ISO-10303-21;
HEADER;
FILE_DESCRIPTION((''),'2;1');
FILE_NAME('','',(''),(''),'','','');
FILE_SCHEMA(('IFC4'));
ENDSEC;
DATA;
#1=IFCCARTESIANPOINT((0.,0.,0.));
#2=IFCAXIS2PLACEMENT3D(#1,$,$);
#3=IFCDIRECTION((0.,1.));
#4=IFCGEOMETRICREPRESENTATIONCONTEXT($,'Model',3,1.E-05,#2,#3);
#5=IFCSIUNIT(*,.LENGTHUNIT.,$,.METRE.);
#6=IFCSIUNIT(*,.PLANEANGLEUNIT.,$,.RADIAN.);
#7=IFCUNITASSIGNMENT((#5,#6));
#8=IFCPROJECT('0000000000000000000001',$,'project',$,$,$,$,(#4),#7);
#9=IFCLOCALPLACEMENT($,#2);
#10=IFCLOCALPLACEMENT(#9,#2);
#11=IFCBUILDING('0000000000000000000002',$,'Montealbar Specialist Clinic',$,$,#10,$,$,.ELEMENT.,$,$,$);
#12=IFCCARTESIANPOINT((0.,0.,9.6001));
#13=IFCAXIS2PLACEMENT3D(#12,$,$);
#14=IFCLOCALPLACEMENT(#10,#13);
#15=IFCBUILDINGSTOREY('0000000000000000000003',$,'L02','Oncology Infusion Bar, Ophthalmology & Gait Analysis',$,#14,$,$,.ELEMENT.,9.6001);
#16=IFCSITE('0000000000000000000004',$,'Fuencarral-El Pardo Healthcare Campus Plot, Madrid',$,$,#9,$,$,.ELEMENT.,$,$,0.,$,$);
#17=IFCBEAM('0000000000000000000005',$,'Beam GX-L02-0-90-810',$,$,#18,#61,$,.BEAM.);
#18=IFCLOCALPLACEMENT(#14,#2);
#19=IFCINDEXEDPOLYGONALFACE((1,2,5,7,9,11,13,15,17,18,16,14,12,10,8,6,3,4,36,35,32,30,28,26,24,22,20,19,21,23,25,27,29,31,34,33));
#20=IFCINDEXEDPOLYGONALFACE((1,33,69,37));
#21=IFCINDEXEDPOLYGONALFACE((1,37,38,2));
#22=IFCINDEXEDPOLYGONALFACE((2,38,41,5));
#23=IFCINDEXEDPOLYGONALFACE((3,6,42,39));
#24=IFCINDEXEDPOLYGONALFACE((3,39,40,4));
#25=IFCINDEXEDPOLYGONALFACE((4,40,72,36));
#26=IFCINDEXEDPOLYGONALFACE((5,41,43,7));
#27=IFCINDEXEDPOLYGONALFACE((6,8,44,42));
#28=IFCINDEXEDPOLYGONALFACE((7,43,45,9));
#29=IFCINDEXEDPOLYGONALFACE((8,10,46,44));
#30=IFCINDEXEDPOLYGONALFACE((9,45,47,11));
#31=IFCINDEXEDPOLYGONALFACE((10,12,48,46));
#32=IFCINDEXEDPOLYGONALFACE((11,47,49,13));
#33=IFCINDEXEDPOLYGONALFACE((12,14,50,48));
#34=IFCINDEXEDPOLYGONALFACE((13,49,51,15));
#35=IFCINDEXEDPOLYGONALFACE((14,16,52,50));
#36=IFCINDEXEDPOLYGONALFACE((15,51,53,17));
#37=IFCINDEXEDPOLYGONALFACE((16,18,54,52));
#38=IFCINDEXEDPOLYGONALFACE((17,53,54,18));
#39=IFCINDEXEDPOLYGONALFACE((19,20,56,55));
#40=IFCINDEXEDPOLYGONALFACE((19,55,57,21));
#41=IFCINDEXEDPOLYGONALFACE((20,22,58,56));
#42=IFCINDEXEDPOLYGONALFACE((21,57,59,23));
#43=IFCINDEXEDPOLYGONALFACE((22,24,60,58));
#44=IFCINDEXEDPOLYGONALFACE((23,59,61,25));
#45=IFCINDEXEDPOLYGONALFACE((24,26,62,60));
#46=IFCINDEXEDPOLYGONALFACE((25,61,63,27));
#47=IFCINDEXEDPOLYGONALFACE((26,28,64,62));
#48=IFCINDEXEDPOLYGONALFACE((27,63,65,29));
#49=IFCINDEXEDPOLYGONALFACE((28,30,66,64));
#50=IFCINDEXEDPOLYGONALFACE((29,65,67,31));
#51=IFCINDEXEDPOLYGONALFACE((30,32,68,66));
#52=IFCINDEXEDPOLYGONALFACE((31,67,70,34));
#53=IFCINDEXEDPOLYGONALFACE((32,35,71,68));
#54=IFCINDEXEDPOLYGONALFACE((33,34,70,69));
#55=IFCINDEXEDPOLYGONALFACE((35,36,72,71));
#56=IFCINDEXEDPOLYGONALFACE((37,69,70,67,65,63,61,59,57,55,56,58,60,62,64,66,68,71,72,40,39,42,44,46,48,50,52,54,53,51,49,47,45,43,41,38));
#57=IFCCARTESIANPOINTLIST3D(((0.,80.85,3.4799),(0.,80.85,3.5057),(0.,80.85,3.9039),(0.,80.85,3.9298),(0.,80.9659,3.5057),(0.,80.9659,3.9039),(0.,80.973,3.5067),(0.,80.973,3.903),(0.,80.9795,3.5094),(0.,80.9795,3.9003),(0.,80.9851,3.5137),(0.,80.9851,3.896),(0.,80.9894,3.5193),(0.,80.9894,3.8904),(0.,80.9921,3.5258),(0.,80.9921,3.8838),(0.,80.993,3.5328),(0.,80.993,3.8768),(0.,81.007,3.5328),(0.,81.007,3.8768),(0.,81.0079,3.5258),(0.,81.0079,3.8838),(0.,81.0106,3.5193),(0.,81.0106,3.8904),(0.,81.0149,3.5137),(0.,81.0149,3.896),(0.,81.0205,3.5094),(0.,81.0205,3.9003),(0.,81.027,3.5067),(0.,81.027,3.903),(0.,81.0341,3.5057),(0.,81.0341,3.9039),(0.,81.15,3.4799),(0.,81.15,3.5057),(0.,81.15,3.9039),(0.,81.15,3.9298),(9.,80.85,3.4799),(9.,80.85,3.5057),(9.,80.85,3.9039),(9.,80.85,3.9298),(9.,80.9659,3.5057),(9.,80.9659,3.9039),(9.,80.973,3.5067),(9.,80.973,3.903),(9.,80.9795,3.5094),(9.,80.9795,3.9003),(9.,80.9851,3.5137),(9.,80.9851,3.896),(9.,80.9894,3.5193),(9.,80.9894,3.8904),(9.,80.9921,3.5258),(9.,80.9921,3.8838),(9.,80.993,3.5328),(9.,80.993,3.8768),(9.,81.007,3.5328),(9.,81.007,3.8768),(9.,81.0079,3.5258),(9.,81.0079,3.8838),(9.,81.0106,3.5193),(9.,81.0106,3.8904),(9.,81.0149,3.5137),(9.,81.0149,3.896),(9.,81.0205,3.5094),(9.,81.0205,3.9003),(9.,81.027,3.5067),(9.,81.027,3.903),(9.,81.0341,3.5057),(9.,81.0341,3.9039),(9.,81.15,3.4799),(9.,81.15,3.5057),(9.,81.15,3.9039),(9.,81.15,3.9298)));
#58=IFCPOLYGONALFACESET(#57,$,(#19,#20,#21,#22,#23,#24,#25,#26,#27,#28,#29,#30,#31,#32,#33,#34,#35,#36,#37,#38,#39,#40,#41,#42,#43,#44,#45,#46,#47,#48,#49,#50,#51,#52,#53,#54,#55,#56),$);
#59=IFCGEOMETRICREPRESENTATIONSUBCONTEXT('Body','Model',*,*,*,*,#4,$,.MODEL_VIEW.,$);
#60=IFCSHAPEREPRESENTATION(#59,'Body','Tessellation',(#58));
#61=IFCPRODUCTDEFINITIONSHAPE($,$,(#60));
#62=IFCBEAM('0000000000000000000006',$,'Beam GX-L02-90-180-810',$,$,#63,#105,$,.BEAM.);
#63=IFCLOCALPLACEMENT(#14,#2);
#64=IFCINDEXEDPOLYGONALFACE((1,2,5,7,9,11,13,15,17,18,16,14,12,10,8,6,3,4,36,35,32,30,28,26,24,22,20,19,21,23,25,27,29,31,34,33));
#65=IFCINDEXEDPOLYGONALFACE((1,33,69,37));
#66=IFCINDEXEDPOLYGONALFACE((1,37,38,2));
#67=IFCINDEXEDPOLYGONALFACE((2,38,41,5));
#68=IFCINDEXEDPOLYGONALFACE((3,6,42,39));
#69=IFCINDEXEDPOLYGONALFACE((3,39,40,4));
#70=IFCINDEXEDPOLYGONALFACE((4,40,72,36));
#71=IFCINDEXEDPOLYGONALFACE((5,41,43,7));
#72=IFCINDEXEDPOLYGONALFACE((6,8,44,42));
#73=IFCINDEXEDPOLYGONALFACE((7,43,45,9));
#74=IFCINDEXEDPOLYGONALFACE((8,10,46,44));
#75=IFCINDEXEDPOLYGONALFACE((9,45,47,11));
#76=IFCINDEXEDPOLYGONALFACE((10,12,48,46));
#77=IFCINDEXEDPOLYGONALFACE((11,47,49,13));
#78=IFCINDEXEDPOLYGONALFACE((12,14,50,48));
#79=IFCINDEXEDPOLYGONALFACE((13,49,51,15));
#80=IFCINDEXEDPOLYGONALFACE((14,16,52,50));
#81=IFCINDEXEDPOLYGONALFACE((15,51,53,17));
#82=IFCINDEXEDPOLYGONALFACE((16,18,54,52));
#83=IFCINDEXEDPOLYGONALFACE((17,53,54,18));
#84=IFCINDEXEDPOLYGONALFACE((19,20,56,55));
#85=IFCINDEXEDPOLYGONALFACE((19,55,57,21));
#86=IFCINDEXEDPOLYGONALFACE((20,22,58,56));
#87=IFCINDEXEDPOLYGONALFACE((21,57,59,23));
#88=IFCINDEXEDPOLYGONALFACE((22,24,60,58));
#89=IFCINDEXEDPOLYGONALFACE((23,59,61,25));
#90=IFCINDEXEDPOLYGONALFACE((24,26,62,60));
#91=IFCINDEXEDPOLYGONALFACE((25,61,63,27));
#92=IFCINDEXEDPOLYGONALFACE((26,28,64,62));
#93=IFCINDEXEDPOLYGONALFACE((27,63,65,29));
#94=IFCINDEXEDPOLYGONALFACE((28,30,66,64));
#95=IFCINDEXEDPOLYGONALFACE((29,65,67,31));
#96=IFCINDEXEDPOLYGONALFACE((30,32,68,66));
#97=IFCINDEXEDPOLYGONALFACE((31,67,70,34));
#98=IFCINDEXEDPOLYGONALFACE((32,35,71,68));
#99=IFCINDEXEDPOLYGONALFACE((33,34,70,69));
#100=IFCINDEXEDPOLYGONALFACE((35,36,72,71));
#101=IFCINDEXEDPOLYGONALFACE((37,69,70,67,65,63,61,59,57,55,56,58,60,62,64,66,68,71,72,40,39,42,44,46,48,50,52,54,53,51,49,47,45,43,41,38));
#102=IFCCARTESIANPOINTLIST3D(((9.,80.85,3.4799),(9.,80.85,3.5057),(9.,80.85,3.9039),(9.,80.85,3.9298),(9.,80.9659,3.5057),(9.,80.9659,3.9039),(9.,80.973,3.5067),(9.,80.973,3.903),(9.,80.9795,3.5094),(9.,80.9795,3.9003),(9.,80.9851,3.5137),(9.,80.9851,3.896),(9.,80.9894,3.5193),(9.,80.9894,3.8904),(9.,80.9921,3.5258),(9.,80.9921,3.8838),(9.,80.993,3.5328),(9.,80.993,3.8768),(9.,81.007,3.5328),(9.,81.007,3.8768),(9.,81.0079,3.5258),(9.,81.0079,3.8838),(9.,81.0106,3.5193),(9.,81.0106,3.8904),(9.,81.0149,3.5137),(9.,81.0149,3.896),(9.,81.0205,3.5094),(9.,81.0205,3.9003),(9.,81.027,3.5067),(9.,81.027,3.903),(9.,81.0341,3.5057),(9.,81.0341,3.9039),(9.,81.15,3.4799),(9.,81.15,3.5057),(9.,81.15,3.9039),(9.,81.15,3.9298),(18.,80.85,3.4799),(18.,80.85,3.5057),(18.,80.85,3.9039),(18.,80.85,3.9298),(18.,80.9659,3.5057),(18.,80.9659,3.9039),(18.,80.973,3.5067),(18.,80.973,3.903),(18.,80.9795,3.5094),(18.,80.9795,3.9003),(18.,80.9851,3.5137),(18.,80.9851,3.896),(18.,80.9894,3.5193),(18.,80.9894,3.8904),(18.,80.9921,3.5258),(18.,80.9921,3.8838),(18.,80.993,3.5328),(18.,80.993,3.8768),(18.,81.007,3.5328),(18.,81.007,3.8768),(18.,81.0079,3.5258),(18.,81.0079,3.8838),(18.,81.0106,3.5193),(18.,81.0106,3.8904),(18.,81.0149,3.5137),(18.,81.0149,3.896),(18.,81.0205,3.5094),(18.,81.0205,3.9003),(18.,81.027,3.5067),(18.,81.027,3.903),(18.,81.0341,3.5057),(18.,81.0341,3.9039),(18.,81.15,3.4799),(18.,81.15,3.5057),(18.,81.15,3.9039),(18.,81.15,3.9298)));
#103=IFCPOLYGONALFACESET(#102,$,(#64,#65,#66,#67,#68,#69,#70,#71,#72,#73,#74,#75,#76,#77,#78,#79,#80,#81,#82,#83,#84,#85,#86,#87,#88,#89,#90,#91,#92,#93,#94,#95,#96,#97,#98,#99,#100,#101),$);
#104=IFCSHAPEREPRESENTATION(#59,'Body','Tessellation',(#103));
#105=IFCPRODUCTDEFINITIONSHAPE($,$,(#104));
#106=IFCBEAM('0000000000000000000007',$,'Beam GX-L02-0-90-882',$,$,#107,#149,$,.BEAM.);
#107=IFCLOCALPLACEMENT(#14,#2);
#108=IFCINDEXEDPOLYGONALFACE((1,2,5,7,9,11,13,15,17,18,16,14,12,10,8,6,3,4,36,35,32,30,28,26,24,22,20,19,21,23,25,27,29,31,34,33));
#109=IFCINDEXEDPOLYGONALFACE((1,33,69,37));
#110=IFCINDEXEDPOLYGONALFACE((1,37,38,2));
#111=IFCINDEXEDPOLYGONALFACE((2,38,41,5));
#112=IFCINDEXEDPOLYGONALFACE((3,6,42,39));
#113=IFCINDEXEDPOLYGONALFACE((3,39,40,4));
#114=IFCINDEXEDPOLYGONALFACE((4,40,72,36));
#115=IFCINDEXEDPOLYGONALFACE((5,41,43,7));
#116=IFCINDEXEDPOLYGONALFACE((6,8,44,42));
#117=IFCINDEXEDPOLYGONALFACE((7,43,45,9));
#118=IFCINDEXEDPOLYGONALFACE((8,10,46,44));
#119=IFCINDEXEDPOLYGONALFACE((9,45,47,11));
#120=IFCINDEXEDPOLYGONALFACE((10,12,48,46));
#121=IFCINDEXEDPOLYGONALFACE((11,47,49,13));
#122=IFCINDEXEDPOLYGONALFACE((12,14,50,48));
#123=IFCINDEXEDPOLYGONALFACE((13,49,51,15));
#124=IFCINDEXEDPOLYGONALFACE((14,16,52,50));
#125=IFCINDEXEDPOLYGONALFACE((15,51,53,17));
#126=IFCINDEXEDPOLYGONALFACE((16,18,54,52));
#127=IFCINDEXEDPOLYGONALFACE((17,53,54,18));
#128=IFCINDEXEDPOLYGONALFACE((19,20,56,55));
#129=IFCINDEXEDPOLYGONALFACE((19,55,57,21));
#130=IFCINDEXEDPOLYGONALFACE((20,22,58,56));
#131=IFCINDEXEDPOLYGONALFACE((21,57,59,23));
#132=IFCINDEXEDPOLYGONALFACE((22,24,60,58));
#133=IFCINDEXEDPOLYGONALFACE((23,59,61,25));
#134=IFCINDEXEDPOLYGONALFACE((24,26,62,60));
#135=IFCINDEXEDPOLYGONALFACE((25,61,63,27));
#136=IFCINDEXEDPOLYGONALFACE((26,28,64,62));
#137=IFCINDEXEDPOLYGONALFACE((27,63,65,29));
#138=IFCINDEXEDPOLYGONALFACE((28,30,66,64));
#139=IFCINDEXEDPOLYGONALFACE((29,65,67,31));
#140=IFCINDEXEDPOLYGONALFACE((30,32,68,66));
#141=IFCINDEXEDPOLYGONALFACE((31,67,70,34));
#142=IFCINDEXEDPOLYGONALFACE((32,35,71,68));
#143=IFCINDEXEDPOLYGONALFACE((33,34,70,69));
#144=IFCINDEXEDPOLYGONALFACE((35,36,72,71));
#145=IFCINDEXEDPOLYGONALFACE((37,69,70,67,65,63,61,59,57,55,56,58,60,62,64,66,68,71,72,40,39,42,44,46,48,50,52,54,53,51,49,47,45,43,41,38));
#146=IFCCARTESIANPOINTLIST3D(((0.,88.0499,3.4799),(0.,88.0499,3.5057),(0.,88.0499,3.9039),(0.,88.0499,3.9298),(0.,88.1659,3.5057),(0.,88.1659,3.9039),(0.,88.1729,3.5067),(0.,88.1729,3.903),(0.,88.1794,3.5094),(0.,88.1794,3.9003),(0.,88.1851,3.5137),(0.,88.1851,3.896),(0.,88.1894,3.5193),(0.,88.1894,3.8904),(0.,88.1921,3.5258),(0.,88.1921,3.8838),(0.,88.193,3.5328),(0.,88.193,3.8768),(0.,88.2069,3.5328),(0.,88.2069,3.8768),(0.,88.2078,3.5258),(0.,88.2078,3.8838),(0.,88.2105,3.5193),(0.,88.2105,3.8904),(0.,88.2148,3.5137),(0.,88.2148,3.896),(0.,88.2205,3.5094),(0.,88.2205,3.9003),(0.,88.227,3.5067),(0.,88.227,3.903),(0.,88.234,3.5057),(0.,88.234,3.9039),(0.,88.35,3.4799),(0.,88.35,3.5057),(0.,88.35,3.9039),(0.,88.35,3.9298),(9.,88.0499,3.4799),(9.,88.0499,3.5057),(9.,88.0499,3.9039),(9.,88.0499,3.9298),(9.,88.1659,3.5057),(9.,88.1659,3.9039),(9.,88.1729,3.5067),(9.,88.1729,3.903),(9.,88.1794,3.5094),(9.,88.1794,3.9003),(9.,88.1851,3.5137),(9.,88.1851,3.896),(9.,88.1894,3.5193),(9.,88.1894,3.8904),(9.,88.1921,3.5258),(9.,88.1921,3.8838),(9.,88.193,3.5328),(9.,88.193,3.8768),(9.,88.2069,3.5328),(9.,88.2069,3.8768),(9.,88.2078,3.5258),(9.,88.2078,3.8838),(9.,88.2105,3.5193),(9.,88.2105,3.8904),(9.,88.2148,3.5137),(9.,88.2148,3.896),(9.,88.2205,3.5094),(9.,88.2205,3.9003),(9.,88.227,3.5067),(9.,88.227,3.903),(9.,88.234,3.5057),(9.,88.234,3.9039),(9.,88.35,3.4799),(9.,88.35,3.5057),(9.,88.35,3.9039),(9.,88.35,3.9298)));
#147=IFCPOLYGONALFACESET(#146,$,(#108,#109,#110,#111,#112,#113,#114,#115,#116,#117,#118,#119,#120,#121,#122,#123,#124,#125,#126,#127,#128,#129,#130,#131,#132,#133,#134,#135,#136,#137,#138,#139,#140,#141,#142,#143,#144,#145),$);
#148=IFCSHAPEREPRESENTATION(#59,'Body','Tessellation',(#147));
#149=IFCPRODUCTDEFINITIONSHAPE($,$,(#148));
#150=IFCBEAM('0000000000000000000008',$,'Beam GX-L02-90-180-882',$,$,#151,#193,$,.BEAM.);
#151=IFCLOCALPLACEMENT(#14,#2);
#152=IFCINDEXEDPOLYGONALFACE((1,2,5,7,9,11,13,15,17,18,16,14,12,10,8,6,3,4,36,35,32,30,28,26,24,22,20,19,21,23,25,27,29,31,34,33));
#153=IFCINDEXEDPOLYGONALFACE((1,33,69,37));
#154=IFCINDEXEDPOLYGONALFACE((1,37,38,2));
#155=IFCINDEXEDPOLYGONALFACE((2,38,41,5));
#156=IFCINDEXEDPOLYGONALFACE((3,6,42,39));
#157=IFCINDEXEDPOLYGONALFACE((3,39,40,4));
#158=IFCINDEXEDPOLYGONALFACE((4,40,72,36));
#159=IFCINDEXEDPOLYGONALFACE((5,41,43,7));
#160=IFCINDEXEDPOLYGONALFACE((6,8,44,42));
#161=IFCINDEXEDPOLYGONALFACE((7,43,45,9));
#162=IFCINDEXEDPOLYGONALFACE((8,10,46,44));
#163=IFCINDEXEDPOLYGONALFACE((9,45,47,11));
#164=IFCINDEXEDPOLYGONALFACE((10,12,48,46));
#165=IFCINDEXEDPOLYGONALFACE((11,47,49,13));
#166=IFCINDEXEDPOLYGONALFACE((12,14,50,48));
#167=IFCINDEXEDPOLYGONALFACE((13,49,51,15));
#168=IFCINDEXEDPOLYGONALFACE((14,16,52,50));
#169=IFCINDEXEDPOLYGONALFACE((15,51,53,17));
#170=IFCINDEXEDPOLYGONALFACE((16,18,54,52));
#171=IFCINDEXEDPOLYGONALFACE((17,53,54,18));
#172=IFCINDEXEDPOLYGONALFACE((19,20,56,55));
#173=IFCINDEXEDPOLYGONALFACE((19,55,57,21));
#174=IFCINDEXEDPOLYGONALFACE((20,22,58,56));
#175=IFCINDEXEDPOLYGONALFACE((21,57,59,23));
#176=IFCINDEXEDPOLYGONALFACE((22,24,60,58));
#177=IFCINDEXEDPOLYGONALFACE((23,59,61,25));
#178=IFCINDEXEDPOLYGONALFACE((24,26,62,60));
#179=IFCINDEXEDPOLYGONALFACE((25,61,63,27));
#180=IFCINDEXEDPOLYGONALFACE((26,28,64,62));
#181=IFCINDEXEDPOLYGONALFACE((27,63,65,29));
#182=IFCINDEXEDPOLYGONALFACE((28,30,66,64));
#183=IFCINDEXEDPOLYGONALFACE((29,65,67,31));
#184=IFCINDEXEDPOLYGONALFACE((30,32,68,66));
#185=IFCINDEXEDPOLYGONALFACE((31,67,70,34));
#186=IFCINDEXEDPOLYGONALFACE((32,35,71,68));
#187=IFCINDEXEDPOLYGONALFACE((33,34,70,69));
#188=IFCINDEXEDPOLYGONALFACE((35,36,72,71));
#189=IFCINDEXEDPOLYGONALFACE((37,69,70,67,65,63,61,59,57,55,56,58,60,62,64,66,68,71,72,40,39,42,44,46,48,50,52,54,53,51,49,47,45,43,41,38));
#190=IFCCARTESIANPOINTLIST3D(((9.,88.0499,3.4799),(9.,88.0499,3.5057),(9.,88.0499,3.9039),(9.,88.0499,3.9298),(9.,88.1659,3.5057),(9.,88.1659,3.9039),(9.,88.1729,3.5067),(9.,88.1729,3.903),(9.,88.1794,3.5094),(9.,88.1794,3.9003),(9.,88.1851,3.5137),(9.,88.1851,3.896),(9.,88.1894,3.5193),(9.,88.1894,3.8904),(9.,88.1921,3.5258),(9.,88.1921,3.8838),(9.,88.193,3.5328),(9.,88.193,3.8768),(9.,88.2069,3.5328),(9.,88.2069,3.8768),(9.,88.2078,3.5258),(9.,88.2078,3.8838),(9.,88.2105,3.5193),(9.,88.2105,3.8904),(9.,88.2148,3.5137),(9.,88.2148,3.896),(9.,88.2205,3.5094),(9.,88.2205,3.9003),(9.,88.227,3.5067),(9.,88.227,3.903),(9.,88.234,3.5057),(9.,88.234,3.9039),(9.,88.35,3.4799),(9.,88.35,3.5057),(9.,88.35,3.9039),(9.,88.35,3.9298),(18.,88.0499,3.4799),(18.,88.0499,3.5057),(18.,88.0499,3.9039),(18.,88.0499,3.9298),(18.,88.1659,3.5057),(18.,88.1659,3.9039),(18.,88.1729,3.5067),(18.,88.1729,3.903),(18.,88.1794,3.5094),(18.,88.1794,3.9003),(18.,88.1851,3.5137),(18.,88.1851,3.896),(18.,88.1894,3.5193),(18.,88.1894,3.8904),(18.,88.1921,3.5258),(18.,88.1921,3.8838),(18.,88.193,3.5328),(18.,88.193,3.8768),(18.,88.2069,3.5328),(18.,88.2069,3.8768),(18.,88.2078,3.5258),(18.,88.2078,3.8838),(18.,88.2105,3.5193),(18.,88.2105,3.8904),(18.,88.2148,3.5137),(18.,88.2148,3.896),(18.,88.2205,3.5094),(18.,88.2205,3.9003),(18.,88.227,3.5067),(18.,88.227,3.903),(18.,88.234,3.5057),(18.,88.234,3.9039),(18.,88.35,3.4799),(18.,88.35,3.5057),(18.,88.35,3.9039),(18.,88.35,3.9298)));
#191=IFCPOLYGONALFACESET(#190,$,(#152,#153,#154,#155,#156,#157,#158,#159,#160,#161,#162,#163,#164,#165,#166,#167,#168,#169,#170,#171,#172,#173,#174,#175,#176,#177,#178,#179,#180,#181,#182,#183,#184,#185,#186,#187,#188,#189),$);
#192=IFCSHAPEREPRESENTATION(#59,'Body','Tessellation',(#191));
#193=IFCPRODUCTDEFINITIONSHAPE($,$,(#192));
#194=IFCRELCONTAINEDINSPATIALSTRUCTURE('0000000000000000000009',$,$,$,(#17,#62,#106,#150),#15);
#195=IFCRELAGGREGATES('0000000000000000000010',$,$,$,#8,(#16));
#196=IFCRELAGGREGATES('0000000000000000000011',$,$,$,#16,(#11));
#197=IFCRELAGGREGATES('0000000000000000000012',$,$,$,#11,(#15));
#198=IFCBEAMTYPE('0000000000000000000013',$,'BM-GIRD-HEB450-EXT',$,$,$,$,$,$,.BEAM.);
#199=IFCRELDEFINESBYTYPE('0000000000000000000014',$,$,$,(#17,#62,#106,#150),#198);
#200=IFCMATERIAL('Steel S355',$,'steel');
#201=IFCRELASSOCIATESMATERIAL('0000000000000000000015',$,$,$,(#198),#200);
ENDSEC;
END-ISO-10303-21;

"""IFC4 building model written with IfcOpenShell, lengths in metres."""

from ifc_helpers import new_model, si_unit, direction, frame, origin, origin_2d, place, context, subcontext, project, spatial, i_section, extrude, material, material_profile, profile_set, type_object, element, save


model = new_model("IFC4")

# Units and contexts
model_context = context("Model", 3, precision=1e-05, world=origin(), true_north=direction((0.0, 1.0)))
body_context = subcontext(model_context, "Body", "Model", "MODEL_VIEW")
ifc_project = project(units=[si_unit("LENGTHUNIT", "METRE"), si_unit("PLANEANGLEUNIT", "RADIAN")], contexts=[model_context])

# Site, building, storey
site_placement = place(None, origin())
site = spatial("IfcSite", under=ifc_project, at=site_placement, Name="Fuencarral-El Pardo Healthcare Campus Plot, Madrid", CompositionType="ELEMENT", RefElevation=0.0)
building_placement = place(site_placement, origin())
building = spatial("IfcBuilding", under=site, at=building_placement, Name="Montealbar Specialist Clinic", CompositionType="ELEMENT")
storey_placement = place(building_placement, frame((0.0, 0.0, 9.6001)))
storey = spatial("IfcBuildingStorey", under=building, at=storey_placement, Name="L02", Description="Oncology Infusion Bar, Ophthalmology & Gait Analysis", CompositionType="ELEMENT", Elevation=9.6001)

# Shared definitions
ifc_material_1 = material(Name="Steel S355", Category="steel")

# Beams
ifc_material_profile_1 = material_profile(ifc_material_1, i_section(OverallWidth=0.3, OverallDepth=0.45, WebThickness=0.0139, FlangeThickness=0.0259, FilletRadius=0.0271, at=origin_2d()), Name="HEB 450", Category="steel")
ifc_profile_set_1 = profile_set([ifc_material_profile_1], Name="Steel S355")
beam_type_1 = type_object("IfcBeamType", Name="BM-GIRD-HEB450-EXT", PredefinedType="BEAM", material=ifc_profile_set_1)
for number, where, z_axis, x_axis, name in (
    (1, (0.0, 81.0, 3.7048), (1.0, 0.0, 0.0), (0.0, 1.0, 0.0), "Beam GX-L02-0-90-810"),
    (2, (9.0, 81.0, 3.7048), (1.0, 0.0, 0.0), (0.0, 1.0, 0.0), "Beam GX-L02-90-180-810"),
    (3, (0.0, 88.2, 3.7048), (1.0, 0.0, 0.0), (0.0, 1.0, 0.0), "Beam GX-L02-0-90-882"),
    (4, (9.0, 88.2, 3.7048), (1.0, 0.0, 0.0), (0.0, 1.0, 0.0), "Beam GX-L02-90-180-882"),
):
    element("IfcBeam", number, at=place(storey_placement, frame(where, z_axis=z_axis, x_axis=x_axis)), inside=storey, type_object=beam_type_1, Name=name, PredefinedType="BEAM", context=body_context, shape_type="SweptSolid", body=[
        extrude(i_section(OverallWidth=0.3, OverallDepth=0.45, WebThickness=0.0139, FlangeThickness=0.0259, FilletRadius=0.0271, at=origin_2d()), origin(), (0.0, 0.0, 1.0), 9.0),
    ])

save(model, "model.ifc")
